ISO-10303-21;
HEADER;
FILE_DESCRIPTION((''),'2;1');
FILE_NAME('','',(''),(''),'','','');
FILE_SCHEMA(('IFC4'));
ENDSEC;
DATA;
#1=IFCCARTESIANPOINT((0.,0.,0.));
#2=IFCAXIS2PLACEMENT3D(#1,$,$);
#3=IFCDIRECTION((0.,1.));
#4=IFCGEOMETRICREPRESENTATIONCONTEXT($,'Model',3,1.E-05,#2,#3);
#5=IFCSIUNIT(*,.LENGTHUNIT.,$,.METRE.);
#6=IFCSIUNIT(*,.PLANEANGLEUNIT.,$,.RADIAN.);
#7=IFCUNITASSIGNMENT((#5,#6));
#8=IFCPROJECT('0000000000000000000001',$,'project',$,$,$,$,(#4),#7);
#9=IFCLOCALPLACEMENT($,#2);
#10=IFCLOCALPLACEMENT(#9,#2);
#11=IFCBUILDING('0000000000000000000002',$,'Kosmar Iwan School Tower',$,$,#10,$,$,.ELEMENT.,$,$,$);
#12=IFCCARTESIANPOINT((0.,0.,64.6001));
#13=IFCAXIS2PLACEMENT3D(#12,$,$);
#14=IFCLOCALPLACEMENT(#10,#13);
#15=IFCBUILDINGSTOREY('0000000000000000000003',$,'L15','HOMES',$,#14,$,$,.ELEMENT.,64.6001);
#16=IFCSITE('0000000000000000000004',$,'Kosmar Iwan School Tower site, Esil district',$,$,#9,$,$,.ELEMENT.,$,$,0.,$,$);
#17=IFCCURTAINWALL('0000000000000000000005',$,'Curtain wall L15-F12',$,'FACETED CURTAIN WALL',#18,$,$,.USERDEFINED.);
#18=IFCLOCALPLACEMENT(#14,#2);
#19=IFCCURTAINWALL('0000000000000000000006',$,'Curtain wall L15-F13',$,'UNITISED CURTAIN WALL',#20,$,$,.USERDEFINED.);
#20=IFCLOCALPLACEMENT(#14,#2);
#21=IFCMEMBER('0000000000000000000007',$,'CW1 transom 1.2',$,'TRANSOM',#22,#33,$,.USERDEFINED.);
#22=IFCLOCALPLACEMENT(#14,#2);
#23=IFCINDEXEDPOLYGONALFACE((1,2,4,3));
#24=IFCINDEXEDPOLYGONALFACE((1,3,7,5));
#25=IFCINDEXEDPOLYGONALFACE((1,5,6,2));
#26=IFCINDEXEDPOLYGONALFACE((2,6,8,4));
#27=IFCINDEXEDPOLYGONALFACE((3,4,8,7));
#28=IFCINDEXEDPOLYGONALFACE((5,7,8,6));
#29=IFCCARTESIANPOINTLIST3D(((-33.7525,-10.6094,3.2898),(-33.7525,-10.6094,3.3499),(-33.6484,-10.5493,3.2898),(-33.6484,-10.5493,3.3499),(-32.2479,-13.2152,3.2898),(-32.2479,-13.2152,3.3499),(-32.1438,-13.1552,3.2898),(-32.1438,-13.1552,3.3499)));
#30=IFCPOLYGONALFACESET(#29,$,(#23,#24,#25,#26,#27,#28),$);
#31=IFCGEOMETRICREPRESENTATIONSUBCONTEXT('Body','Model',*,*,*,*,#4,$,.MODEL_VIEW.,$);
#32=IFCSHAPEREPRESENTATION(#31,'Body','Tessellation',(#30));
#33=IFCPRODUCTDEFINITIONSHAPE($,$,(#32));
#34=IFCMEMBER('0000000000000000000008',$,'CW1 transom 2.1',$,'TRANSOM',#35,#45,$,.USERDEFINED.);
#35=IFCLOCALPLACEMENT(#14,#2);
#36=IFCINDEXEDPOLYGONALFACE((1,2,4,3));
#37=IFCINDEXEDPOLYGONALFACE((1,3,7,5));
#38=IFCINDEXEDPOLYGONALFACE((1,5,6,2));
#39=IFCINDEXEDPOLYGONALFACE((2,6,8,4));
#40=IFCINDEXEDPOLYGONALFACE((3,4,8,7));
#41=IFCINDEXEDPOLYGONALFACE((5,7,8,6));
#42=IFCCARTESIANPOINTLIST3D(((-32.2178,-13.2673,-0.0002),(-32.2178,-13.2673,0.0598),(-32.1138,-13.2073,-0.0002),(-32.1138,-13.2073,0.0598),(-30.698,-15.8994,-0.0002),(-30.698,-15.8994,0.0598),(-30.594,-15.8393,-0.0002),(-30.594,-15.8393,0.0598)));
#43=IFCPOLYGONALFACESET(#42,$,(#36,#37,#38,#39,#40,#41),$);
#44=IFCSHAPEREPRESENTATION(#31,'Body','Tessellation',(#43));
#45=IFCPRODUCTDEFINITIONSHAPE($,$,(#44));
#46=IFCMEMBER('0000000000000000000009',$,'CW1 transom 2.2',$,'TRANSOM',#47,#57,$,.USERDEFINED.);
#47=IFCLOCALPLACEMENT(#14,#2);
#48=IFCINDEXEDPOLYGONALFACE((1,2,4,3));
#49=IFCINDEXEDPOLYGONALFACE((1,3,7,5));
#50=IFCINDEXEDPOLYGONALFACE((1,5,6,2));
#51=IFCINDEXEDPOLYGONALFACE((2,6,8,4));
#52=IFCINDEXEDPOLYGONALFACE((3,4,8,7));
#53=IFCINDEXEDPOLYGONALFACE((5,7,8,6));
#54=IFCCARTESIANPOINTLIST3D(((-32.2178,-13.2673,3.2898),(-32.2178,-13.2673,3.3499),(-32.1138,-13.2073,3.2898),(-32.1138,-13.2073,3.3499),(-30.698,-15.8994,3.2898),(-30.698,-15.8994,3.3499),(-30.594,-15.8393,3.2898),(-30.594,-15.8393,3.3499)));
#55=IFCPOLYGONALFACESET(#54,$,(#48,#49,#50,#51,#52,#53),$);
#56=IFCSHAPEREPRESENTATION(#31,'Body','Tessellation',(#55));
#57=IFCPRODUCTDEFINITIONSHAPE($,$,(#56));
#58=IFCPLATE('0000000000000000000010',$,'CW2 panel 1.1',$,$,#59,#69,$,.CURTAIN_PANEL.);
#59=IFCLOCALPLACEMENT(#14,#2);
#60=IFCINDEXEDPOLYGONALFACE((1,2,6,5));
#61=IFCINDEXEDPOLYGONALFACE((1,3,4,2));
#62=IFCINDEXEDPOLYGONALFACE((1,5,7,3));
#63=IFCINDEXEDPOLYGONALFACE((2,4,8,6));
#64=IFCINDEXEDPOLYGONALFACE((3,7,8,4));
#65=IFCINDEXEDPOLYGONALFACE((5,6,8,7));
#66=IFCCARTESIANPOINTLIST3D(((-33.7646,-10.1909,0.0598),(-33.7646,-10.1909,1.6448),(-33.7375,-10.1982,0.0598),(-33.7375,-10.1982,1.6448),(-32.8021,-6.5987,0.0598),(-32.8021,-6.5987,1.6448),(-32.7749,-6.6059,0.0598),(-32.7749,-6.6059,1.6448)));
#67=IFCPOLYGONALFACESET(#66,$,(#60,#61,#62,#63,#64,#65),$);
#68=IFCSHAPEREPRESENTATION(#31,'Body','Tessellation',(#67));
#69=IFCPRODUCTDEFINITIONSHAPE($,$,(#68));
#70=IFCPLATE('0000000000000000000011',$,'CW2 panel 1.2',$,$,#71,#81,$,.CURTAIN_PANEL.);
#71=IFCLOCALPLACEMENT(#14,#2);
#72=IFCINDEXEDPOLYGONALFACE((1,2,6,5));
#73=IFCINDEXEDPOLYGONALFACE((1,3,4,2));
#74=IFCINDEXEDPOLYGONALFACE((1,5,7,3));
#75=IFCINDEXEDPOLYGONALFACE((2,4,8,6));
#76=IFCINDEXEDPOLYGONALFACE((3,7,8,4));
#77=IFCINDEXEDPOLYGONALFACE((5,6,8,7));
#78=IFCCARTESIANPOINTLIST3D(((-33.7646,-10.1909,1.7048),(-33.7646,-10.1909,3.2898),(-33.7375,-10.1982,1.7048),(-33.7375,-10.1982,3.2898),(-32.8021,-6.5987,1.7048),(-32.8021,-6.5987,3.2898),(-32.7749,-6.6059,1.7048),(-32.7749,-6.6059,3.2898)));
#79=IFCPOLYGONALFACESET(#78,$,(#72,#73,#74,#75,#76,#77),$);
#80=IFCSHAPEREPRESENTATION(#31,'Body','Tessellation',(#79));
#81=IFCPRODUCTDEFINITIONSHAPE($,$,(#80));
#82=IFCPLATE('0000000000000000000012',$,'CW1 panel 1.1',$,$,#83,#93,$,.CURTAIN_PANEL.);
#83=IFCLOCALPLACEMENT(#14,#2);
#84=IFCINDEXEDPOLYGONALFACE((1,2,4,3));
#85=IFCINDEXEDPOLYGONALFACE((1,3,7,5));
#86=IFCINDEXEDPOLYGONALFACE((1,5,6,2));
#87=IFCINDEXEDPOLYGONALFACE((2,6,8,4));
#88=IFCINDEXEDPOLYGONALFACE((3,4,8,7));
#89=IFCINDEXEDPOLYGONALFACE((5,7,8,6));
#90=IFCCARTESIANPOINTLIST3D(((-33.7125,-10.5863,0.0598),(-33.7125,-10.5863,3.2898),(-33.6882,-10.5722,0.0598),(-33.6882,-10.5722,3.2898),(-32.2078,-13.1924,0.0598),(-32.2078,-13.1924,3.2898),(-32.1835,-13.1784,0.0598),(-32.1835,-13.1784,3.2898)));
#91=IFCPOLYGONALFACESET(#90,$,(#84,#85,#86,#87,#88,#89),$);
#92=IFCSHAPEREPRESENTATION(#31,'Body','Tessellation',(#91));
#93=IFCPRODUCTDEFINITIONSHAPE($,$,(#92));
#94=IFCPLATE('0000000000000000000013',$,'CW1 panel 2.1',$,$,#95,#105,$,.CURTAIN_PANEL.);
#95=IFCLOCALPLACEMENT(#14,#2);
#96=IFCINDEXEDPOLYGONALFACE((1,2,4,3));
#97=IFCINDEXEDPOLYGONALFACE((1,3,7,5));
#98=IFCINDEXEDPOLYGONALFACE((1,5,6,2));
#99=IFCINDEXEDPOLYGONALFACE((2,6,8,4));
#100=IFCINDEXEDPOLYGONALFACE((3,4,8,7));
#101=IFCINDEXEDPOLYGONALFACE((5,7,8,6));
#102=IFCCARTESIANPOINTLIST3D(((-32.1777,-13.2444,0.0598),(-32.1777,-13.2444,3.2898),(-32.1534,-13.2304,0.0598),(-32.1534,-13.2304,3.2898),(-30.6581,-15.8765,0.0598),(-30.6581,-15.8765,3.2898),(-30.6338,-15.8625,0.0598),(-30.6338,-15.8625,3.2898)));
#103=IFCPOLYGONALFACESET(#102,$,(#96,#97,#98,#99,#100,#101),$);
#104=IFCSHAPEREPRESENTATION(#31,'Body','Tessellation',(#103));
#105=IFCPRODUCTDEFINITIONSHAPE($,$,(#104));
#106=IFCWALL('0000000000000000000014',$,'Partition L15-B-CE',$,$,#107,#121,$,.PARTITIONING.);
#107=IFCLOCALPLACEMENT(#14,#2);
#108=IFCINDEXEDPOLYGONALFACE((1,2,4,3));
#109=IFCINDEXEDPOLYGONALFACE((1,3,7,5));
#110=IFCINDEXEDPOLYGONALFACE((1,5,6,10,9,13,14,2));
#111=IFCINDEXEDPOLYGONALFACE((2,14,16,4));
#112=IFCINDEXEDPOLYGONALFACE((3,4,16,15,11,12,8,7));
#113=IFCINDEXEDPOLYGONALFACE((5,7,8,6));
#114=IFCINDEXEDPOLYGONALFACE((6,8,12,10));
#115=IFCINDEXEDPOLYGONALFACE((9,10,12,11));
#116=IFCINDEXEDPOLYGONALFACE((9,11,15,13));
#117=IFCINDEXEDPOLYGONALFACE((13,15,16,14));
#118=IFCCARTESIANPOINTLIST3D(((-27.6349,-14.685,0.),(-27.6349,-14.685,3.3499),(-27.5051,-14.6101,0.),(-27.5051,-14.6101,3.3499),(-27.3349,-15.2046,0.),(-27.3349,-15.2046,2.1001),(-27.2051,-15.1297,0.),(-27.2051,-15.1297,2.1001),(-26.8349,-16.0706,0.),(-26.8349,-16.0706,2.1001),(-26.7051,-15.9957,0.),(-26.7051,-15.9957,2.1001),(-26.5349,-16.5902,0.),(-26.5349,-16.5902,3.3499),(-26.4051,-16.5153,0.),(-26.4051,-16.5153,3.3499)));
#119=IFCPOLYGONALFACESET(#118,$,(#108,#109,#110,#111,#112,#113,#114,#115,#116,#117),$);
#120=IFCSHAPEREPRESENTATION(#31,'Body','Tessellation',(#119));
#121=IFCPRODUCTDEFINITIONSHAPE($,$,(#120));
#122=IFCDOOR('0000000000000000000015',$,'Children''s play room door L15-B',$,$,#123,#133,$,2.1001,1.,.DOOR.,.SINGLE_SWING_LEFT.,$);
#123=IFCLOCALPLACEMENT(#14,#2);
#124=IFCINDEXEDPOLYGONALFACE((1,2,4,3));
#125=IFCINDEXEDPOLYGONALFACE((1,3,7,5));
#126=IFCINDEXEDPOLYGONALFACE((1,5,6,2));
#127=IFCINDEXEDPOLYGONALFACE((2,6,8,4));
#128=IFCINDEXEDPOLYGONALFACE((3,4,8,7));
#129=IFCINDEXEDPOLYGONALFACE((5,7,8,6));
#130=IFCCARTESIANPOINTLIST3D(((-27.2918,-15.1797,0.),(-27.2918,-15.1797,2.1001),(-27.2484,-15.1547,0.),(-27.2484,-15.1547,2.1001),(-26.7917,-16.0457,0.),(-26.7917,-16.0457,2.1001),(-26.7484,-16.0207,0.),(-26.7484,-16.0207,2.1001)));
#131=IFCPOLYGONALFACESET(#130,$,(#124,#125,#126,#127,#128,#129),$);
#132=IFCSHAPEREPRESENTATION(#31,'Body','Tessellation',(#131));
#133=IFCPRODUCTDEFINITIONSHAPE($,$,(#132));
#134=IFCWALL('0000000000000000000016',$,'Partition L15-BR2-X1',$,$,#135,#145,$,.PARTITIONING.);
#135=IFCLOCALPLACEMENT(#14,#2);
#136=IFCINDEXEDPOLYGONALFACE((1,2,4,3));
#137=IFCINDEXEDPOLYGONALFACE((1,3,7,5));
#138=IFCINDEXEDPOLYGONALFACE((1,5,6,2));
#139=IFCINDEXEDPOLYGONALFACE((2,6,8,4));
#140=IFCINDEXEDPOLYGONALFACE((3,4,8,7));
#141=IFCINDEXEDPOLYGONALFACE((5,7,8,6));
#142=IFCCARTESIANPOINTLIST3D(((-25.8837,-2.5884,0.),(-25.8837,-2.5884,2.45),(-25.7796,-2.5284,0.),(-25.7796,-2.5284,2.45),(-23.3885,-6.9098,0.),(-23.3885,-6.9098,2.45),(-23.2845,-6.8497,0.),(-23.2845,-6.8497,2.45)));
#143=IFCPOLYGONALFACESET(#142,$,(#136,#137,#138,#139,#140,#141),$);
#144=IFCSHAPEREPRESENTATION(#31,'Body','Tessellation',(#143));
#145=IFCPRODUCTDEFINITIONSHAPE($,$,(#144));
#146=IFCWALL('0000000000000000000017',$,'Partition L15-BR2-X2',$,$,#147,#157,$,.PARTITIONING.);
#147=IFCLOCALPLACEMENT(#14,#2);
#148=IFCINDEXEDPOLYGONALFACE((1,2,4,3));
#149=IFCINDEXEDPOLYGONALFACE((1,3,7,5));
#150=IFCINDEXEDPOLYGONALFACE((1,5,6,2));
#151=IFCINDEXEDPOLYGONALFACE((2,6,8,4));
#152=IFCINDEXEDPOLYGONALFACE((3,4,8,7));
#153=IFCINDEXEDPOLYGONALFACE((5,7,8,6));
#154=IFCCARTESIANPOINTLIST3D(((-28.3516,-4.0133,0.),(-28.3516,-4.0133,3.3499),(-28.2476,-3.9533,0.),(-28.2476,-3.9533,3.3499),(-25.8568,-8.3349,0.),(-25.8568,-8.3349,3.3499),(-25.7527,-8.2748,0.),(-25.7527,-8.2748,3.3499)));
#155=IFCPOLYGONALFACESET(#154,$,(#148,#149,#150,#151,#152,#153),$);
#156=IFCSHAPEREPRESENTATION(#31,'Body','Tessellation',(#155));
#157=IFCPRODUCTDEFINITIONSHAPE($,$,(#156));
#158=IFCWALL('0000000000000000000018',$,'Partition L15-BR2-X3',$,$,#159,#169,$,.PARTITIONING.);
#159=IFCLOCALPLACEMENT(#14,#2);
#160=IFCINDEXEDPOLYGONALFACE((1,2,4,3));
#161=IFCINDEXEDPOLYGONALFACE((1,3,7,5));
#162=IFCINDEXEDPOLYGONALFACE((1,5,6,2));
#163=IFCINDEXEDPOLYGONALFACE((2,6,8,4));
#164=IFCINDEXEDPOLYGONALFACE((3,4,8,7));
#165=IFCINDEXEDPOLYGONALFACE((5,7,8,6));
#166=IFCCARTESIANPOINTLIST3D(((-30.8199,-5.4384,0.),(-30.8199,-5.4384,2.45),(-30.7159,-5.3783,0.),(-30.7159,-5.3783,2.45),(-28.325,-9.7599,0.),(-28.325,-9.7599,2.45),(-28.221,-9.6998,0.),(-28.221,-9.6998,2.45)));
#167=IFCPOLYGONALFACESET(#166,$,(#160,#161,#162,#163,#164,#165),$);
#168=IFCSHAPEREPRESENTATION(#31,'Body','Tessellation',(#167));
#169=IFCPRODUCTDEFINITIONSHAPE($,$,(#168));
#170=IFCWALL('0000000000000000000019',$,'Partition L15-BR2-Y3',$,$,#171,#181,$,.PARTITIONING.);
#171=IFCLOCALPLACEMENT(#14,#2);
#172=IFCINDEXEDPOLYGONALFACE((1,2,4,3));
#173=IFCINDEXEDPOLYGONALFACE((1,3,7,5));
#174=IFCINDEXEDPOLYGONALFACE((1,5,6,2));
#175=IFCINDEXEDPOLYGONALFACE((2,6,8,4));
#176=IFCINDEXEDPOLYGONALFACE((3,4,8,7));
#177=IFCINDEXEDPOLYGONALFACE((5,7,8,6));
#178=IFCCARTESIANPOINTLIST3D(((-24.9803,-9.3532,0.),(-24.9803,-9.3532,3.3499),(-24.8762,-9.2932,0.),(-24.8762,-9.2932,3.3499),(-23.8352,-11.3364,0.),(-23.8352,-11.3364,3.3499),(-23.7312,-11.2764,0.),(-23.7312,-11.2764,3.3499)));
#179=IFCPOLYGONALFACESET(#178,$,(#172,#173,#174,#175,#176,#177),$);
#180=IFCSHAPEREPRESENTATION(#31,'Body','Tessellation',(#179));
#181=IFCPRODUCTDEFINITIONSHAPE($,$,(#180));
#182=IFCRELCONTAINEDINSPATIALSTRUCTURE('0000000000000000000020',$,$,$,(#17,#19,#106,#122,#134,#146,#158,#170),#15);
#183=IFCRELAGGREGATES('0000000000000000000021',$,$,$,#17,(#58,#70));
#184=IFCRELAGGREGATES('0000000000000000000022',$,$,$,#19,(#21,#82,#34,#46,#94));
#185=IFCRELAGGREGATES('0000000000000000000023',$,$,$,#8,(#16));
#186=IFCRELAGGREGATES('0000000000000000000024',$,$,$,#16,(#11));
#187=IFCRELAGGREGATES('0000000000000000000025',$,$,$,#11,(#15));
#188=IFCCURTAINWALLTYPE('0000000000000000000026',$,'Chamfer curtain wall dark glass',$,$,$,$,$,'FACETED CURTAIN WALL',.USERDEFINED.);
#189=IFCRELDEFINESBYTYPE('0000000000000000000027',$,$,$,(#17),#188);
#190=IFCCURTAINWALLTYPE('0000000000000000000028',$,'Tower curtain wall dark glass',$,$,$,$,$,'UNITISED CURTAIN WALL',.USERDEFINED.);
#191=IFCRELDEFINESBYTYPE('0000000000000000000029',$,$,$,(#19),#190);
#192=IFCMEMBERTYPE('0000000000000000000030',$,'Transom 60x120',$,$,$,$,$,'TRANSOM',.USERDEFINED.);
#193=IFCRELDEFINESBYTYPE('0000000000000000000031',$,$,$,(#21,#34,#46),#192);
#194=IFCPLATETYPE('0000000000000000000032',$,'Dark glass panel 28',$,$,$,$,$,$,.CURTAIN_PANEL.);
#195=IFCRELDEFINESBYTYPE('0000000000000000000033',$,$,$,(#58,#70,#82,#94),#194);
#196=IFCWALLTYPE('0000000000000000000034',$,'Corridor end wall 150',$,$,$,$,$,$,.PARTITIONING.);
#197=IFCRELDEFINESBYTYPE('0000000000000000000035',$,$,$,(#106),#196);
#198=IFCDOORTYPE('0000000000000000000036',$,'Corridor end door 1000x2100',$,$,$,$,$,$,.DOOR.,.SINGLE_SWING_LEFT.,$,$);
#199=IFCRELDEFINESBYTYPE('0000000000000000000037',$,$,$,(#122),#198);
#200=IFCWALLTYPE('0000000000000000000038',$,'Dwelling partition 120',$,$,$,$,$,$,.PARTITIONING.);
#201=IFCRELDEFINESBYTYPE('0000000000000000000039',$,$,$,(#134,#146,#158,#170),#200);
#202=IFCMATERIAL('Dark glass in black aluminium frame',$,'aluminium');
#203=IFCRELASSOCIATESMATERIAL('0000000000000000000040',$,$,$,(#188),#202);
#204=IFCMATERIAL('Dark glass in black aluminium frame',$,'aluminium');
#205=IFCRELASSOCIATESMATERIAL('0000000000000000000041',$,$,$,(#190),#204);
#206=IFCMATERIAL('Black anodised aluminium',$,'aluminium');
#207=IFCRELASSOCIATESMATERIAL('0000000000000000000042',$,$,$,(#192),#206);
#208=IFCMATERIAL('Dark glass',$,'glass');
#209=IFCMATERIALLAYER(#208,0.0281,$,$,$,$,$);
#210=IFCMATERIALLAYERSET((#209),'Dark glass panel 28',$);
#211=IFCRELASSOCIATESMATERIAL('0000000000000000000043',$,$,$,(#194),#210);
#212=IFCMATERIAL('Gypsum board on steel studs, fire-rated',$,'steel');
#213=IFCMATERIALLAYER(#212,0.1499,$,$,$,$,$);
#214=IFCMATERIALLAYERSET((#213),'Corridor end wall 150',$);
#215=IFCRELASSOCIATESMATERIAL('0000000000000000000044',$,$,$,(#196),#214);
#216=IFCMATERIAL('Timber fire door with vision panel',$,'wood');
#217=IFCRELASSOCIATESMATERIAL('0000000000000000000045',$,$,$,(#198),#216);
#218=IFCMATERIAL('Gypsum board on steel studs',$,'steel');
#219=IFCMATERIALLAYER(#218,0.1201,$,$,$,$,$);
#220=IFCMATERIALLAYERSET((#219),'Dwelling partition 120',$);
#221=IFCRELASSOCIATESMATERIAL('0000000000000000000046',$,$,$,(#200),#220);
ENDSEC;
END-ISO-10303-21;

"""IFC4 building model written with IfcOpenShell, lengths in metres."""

from ifc_helpers import new_model, si_unit, direction, frame, frame_2d, origin, origin_2d, place, context, subcontext, project, spatial, rectangle, extrude, material, layer, layer_set, material_profile, profile_set, type_object, element, fill, aggregate, save


model = new_model("IFC4")

# Units and contexts
model_context = context("Model", 3, precision=1e-05, world=origin(), true_north=direction((0.0, 1.0)))
body_context = subcontext(model_context, "Body", "Model", "MODEL_VIEW")
ifc_project = project(units=[si_unit("LENGTHUNIT", "METRE"), si_unit("PLANEANGLEUNIT", "RADIAN")], contexts=[model_context])

# Site, building, storey
site_placement = place(None, origin())
site = spatial("IfcSite", under=ifc_project, at=site_placement, Name="Kosmar Iwan School Tower site, Esil district", CompositionType="ELEMENT", RefElevation=0.0)
building_placement = place(site_placement, origin())
building = spatial("IfcBuilding", under=site, at=building_placement, Name="Kosmar Iwan School Tower", CompositionType="ELEMENT")
storey_placement = place(building_placement, frame((0.0, 0.0, 64.6001)))
storey = spatial("IfcBuildingStorey", under=building, at=storey_placement, Name="L15", Description="HOMES", CompositionType="ELEMENT", Elevation=64.6001)

# Curtain walls
ifc_material_1 = material(Name="Dark glass in black aluminium frame", Category="aluminium")
curtain_wall_type_1 = type_object("IfcCurtainWallType", Name="Chamfer curtain wall dark glass", ElementType="FACETED CURTAIN WALL", PredefinedType="USERDEFINED", material=ifc_material_1)
curtain_wall_1_placement = place(storey_placement, origin())
curtain_wall_1 = element("IfcCurtainWall", 1, at=curtain_wall_1_placement, inside=storey, type_object=curtain_wall_type_1, Name="Curtain wall L15-F12", ObjectType="FACETED CURTAIN WALL", PredefinedType="USERDEFINED")
ifc_material_2 = material(Name="Dark glass in black aluminium frame", Category="aluminium")
curtain_wall_type_2 = type_object("IfcCurtainWallType", Name="Tower curtain wall dark glass", ElementType="UNITISED CURTAIN WALL", PredefinedType="USERDEFINED", material=ifc_material_2)
curtain_wall_2_placement = place(storey_placement, origin())
curtain_wall_2 = element("IfcCurtainWall", 2, at=curtain_wall_2_placement, inside=storey, type_object=curtain_wall_type_2, Name="Curtain wall L15-F13", ObjectType="UNITISED CURTAIN WALL", PredefinedType="USERDEFINED")

# Members
ifc_material_3 = material(Name="Black anodised aluminium", Category="aluminium")
ifc_material_profile_1 = material_profile(ifc_material_3, rectangle(XDim=0.1201, YDim=0.0601, at=origin_2d()), Name="TRANSOM 60x120")
ifc_profile_set_1 = profile_set([ifc_material_profile_1], Name="Black anodised aluminium")
member_type_1 = type_object("IfcMemberType", Name="Transom 60x120", ElementType="TRANSOM", PredefinedType="USERDEFINED", material=ifc_profile_set_1)
member_1_placement = place(storey_placement, frame((-33.7004, -10.5793, 3.3198), z_axis=(0.500022, -0.866013, 0.0), x_axis=(0.866013, 0.500022, 0.0)))
member_1 = element("IfcMember", 3, at=member_1_placement, type_object=member_type_1, Name="CW1 transom 1.2", ObjectType="TRANSOM", PredefinedType="USERDEFINED", context=body_context, shape_type="SweptSolid", body=[
    extrude(rectangle(XDim=0.1201, YDim=0.0601, at=origin_2d()), origin(), (0.0, 0.0, 1.0), 3.009),
])
member_2_placement = place(storey_placement, frame((-32.1658, -13.2373, 0.0298), z_axis=(0.500035, -0.866005, 0.0), x_axis=(0.866005, 0.500035, 0.0)))
member_2 = element("IfcMember", 4, at=member_2_placement, type_object=member_type_1, Name="CW1 transom 2.1", ObjectType="TRANSOM", PredefinedType="USERDEFINED", context=body_context, shape_type="SweptSolid", body=[
    extrude(rectangle(XDim=0.1201, YDim=0.0601, at=origin_2d()), origin(), (0.0, 0.0, 1.0), 3.0393),
])
member_3_placement = place(storey_placement, frame((-32.1658, -13.2373, 3.3198), z_axis=(0.500035, -0.866005, 0.0), x_axis=(0.866005, 0.500035, 0.0)))
member_3 = element("IfcMember", 5, at=member_3_placement, type_object=member_type_1, Name="CW1 transom 2.2", ObjectType="TRANSOM", PredefinedType="USERDEFINED", context=body_context, shape_type="SweptSolid", body=[
    extrude(rectangle(XDim=0.1201, YDim=0.0601, at=origin_2d()), origin(), (0.0, 0.0, 1.0), 3.0393),
])

# Plates
ifc_material_4 = material(Name="Dark glass", Category="glass")
ifc_layer_1 = layer(ifc_material_4, 0.0281)
ifc_layer_set_1 = layer_set([ifc_layer_1], Name="Dark glass panel 28")
plate_type = type_object("IfcPlateType", Name="Dark glass panel 28", PredefinedType="CURTAIN_PANEL", material=ifc_layer_set_1)
plate_1_placement = place(storey_placement, frame((-33.2698, -8.3984, 0.0598), z_axis=(0.0, 0.0, 1.0), x_axis=(-0.258819, -0.965926, 0.0)))
plate_1 = element("IfcPlate", 6, at=plate_1_placement, type_object=plate_type, Name="CW2 panel 1.1", PredefinedType="CURTAIN_PANEL", context=body_context, shape_type="SweptSolid", body=[
    extrude(rectangle(XDim=3.719, YDim=0.0281, at=origin_2d()), origin(), (0.0, 0.0, 1.0), 1.585),
])
plate_2_placement = place(storey_placement, frame((-33.2698, -8.3984, 1.7048), z_axis=(0.0, 0.0, 1.0), x_axis=(-0.258819, -0.965926, 0.0)))
plate_2 = element("IfcPlate", 7, at=plate_2_placement, type_object=plate_type, Name="CW2 panel 1.2", PredefinedType="CURTAIN_PANEL", context=body_context, shape_type="SweptSolid", body=[
    extrude(rectangle(XDim=3.719, YDim=0.0281, at=origin_2d()), origin(), (0.0, 0.0, 1.0), 1.585),
])
aggregate(curtain_wall_1, [plate_1, plate_2])
plate_3_placement = place(storey_placement, frame((-32.948, -11.8823, 0.0598), z_axis=(0.0, 0.0, 1.0), x_axis=(0.5, -0.866025, 0.0)))
plate_3 = element("IfcPlate", 8, at=plate_3_placement, type_object=plate_type, Name="CW1 panel 1.1", PredefinedType="CURTAIN_PANEL", context=body_context, shape_type="SweptSolid", body=[
    extrude(rectangle(XDim=3.0093, YDim=0.0281, at=origin_2d()), origin(), (0.0, 0.0, 1.0), 3.23),
])
plate_4_placement = place(storey_placement, frame((-31.4058, -14.5535, 0.0598), z_axis=(0.0, 0.0, 1.0), x_axis=(0.5, -0.866025, 0.0)))
plate_4 = element("IfcPlate", 9, at=plate_4_placement, type_object=plate_type, Name="CW1 panel 2.1", PredefinedType="CURTAIN_PANEL", context=body_context, shape_type="SweptSolid", body=[
    extrude(rectangle(XDim=3.0393, YDim=0.0281, at=origin_2d()), origin(), (0.0, 0.0, 1.0), 3.23),
])
aggregate(curtain_wall_2, [member_1, plate_3, member_2, member_3, plate_4])

# Wall, opening, door
ifc_material_5 = material(Name="Gypsum board on steel studs, fire-rated", Category="steel")
ifc_layer_2 = layer(ifc_material_5, 0.1499)
ifc_layer_set_2 = layer_set([ifc_layer_2], Name="Corridor end wall 150")
wall_type_1 = type_object("IfcWallType", Name="Corridor end wall 150", PredefinedType="PARTITIONING", material=ifc_layer_set_2)
wall_1_placement = place(storey_placement, frame((-27.5701, -14.6475, 0.0), z_axis=(0.0, 0.0, 1.0), x_axis=(0.50003, -0.866008, 0.0)))
wall_1 = element("IfcWall", 10, at=wall_1_placement, inside=storey, type_object=wall_type_1, Name="Partition L15-B-CE", PredefinedType="PARTITIONING", context=body_context, shape_type="SweptSolid", body=[
    extrude(rectangle(XDim=2.2, YDim=0.1499, at=frame_2d((1.1001, 0.0))), origin(), (0.0, 0.0, 1.0), 3.3499),
])
opening_placement = place(wall_1_placement, frame((0.6001, 0.0, 0.0)))
opening = element("IfcOpeningElement", 11, at=opening_placement, cuts=wall_1, PredefinedType="OPENING", context=body_context, shape_type="SweptSolid", body=[
    extrude(rectangle(XDim=1.0, YDim=2.1001, at=frame_2d((0.5, 1.05))), frame((0.0, 0.0869, 0.0), z_axis=(0.0, -1.0, 0.0), x_axis=(1.0, 0.0, 0.0)), (0.0, 0.0, 1.0), 0.1738),
])
ifc_material_6 = material(Name="Timber fire door with vision panel", Category="wood")
door_type = type_object("IfcDoorType", Name="Corridor end door 1000x2100", OperationType="SINGLE_SWING_LEFT", PredefinedType="DOOR", material=ifc_material_6)
door_placement = place(opening_placement, origin())
door = element("IfcDoor", 12, at=door_placement, inside=storey, type_object=door_type, Name="Children's play room door L15-B", OperationType="SINGLE_SWING_LEFT", OverallHeight=2.1001, OverallWidth=1.0, PredefinedType="DOOR", context=body_context, shape_type="SweptSolid", body=[
    extrude(rectangle(XDim=1.0, YDim=2.1001, at=frame_2d((0.5, 1.05))), frame((0.0, 0.0249, 0.0), z_axis=(0.0, -1.0, 0.0), x_axis=(1.0, 0.0, 0.0)), (0.0, 0.0, 1.0), 0.05),
])
fill(opening, door)

# Walls
ifc_material_7 = material(Name="Gypsum board on steel studs", Category="steel")
ifc_layer_3 = layer(ifc_material_7, 0.1201)
ifc_layer_set_3 = layer_set([ifc_layer_3], Name="Dwelling partition 120")
wall_type_2 = type_object("IfcWallType", Name="Dwelling partition 120", PredefinedType="PARTITIONING", material=ifc_layer_set_3)
wall_2_placement = place(storey_placement, frame((-23.3364, -6.8799, 0.0), z_axis=(0.0, 0.0, 1.0), x_axis=(-0.500033, 0.866006, 0.0)))
element("IfcWall", 13, at=wall_2_placement, inside=storey, type_object=wall_type_2, Name="Partition L15-BR2-X1", PredefinedType="PARTITIONING", context=body_context, shape_type="SweptSolid", body=[
    extrude(rectangle(XDim=4.99, YDim=0.1201, at=frame_2d((2.4951, 0.0))), origin(), (0.0, 0.0, 1.0), 2.45),
])
wall_3_placement = place(storey_placement, frame((-25.8047, -8.3049, 0.0), z_axis=(0.0, 0.0, 1.0), x_axis=(-0.499975, 0.86604, 0.0)))
element("IfcWall", 14, at=wall_3_placement, inside=storey, type_object=wall_type_2, Name="Partition L15-BR2-X2", PredefinedType="PARTITIONING", context=body_context, shape_type="SweptSolid", body=[
    extrude(rectangle(XDim=4.99, YDim=0.1201, at=frame_2d((2.4951, 0.0))), origin(), (0.0, 0.0, 1.0), 3.3499),
])
wall_4_placement = place(storey_placement, frame((-28.2729, -9.73, 0.0), z_axis=(0.0, 0.0, 1.0), x_axis=(-0.499975, 0.86604, 0.0)))
element("IfcWall", 15, at=wall_4_placement, inside=storey, type_object=wall_type_2, Name="Partition L15-BR2-X3", PredefinedType="PARTITIONING", context=body_context, shape_type="SweptSolid", body=[
    extrude(rectangle(XDim=4.99, YDim=0.1201, at=frame_2d((2.4951, 0.0))), origin(), (0.0, 0.0, 1.0), 2.45),
])
wall_5_placement = place(storey_placement, frame((-23.7832, -11.3064, 0.0), z_axis=(0.0, 0.0, 1.0), x_axis=(-0.500015, 0.866017, 0.0)))
element("IfcWall", 16, at=wall_5_placement, inside=storey, type_object=wall_type_2, Name="Partition L15-BR2-Y3", PredefinedType="PARTITIONING", context=body_context, shape_type="SweptSolid", body=[
    extrude(rectangle(XDim=2.29, YDim=0.1201, at=frame_2d((1.145, 0.0))), origin(), (0.0, 0.0, 1.0), 3.3499),
])

save(model, "model.ifc")
